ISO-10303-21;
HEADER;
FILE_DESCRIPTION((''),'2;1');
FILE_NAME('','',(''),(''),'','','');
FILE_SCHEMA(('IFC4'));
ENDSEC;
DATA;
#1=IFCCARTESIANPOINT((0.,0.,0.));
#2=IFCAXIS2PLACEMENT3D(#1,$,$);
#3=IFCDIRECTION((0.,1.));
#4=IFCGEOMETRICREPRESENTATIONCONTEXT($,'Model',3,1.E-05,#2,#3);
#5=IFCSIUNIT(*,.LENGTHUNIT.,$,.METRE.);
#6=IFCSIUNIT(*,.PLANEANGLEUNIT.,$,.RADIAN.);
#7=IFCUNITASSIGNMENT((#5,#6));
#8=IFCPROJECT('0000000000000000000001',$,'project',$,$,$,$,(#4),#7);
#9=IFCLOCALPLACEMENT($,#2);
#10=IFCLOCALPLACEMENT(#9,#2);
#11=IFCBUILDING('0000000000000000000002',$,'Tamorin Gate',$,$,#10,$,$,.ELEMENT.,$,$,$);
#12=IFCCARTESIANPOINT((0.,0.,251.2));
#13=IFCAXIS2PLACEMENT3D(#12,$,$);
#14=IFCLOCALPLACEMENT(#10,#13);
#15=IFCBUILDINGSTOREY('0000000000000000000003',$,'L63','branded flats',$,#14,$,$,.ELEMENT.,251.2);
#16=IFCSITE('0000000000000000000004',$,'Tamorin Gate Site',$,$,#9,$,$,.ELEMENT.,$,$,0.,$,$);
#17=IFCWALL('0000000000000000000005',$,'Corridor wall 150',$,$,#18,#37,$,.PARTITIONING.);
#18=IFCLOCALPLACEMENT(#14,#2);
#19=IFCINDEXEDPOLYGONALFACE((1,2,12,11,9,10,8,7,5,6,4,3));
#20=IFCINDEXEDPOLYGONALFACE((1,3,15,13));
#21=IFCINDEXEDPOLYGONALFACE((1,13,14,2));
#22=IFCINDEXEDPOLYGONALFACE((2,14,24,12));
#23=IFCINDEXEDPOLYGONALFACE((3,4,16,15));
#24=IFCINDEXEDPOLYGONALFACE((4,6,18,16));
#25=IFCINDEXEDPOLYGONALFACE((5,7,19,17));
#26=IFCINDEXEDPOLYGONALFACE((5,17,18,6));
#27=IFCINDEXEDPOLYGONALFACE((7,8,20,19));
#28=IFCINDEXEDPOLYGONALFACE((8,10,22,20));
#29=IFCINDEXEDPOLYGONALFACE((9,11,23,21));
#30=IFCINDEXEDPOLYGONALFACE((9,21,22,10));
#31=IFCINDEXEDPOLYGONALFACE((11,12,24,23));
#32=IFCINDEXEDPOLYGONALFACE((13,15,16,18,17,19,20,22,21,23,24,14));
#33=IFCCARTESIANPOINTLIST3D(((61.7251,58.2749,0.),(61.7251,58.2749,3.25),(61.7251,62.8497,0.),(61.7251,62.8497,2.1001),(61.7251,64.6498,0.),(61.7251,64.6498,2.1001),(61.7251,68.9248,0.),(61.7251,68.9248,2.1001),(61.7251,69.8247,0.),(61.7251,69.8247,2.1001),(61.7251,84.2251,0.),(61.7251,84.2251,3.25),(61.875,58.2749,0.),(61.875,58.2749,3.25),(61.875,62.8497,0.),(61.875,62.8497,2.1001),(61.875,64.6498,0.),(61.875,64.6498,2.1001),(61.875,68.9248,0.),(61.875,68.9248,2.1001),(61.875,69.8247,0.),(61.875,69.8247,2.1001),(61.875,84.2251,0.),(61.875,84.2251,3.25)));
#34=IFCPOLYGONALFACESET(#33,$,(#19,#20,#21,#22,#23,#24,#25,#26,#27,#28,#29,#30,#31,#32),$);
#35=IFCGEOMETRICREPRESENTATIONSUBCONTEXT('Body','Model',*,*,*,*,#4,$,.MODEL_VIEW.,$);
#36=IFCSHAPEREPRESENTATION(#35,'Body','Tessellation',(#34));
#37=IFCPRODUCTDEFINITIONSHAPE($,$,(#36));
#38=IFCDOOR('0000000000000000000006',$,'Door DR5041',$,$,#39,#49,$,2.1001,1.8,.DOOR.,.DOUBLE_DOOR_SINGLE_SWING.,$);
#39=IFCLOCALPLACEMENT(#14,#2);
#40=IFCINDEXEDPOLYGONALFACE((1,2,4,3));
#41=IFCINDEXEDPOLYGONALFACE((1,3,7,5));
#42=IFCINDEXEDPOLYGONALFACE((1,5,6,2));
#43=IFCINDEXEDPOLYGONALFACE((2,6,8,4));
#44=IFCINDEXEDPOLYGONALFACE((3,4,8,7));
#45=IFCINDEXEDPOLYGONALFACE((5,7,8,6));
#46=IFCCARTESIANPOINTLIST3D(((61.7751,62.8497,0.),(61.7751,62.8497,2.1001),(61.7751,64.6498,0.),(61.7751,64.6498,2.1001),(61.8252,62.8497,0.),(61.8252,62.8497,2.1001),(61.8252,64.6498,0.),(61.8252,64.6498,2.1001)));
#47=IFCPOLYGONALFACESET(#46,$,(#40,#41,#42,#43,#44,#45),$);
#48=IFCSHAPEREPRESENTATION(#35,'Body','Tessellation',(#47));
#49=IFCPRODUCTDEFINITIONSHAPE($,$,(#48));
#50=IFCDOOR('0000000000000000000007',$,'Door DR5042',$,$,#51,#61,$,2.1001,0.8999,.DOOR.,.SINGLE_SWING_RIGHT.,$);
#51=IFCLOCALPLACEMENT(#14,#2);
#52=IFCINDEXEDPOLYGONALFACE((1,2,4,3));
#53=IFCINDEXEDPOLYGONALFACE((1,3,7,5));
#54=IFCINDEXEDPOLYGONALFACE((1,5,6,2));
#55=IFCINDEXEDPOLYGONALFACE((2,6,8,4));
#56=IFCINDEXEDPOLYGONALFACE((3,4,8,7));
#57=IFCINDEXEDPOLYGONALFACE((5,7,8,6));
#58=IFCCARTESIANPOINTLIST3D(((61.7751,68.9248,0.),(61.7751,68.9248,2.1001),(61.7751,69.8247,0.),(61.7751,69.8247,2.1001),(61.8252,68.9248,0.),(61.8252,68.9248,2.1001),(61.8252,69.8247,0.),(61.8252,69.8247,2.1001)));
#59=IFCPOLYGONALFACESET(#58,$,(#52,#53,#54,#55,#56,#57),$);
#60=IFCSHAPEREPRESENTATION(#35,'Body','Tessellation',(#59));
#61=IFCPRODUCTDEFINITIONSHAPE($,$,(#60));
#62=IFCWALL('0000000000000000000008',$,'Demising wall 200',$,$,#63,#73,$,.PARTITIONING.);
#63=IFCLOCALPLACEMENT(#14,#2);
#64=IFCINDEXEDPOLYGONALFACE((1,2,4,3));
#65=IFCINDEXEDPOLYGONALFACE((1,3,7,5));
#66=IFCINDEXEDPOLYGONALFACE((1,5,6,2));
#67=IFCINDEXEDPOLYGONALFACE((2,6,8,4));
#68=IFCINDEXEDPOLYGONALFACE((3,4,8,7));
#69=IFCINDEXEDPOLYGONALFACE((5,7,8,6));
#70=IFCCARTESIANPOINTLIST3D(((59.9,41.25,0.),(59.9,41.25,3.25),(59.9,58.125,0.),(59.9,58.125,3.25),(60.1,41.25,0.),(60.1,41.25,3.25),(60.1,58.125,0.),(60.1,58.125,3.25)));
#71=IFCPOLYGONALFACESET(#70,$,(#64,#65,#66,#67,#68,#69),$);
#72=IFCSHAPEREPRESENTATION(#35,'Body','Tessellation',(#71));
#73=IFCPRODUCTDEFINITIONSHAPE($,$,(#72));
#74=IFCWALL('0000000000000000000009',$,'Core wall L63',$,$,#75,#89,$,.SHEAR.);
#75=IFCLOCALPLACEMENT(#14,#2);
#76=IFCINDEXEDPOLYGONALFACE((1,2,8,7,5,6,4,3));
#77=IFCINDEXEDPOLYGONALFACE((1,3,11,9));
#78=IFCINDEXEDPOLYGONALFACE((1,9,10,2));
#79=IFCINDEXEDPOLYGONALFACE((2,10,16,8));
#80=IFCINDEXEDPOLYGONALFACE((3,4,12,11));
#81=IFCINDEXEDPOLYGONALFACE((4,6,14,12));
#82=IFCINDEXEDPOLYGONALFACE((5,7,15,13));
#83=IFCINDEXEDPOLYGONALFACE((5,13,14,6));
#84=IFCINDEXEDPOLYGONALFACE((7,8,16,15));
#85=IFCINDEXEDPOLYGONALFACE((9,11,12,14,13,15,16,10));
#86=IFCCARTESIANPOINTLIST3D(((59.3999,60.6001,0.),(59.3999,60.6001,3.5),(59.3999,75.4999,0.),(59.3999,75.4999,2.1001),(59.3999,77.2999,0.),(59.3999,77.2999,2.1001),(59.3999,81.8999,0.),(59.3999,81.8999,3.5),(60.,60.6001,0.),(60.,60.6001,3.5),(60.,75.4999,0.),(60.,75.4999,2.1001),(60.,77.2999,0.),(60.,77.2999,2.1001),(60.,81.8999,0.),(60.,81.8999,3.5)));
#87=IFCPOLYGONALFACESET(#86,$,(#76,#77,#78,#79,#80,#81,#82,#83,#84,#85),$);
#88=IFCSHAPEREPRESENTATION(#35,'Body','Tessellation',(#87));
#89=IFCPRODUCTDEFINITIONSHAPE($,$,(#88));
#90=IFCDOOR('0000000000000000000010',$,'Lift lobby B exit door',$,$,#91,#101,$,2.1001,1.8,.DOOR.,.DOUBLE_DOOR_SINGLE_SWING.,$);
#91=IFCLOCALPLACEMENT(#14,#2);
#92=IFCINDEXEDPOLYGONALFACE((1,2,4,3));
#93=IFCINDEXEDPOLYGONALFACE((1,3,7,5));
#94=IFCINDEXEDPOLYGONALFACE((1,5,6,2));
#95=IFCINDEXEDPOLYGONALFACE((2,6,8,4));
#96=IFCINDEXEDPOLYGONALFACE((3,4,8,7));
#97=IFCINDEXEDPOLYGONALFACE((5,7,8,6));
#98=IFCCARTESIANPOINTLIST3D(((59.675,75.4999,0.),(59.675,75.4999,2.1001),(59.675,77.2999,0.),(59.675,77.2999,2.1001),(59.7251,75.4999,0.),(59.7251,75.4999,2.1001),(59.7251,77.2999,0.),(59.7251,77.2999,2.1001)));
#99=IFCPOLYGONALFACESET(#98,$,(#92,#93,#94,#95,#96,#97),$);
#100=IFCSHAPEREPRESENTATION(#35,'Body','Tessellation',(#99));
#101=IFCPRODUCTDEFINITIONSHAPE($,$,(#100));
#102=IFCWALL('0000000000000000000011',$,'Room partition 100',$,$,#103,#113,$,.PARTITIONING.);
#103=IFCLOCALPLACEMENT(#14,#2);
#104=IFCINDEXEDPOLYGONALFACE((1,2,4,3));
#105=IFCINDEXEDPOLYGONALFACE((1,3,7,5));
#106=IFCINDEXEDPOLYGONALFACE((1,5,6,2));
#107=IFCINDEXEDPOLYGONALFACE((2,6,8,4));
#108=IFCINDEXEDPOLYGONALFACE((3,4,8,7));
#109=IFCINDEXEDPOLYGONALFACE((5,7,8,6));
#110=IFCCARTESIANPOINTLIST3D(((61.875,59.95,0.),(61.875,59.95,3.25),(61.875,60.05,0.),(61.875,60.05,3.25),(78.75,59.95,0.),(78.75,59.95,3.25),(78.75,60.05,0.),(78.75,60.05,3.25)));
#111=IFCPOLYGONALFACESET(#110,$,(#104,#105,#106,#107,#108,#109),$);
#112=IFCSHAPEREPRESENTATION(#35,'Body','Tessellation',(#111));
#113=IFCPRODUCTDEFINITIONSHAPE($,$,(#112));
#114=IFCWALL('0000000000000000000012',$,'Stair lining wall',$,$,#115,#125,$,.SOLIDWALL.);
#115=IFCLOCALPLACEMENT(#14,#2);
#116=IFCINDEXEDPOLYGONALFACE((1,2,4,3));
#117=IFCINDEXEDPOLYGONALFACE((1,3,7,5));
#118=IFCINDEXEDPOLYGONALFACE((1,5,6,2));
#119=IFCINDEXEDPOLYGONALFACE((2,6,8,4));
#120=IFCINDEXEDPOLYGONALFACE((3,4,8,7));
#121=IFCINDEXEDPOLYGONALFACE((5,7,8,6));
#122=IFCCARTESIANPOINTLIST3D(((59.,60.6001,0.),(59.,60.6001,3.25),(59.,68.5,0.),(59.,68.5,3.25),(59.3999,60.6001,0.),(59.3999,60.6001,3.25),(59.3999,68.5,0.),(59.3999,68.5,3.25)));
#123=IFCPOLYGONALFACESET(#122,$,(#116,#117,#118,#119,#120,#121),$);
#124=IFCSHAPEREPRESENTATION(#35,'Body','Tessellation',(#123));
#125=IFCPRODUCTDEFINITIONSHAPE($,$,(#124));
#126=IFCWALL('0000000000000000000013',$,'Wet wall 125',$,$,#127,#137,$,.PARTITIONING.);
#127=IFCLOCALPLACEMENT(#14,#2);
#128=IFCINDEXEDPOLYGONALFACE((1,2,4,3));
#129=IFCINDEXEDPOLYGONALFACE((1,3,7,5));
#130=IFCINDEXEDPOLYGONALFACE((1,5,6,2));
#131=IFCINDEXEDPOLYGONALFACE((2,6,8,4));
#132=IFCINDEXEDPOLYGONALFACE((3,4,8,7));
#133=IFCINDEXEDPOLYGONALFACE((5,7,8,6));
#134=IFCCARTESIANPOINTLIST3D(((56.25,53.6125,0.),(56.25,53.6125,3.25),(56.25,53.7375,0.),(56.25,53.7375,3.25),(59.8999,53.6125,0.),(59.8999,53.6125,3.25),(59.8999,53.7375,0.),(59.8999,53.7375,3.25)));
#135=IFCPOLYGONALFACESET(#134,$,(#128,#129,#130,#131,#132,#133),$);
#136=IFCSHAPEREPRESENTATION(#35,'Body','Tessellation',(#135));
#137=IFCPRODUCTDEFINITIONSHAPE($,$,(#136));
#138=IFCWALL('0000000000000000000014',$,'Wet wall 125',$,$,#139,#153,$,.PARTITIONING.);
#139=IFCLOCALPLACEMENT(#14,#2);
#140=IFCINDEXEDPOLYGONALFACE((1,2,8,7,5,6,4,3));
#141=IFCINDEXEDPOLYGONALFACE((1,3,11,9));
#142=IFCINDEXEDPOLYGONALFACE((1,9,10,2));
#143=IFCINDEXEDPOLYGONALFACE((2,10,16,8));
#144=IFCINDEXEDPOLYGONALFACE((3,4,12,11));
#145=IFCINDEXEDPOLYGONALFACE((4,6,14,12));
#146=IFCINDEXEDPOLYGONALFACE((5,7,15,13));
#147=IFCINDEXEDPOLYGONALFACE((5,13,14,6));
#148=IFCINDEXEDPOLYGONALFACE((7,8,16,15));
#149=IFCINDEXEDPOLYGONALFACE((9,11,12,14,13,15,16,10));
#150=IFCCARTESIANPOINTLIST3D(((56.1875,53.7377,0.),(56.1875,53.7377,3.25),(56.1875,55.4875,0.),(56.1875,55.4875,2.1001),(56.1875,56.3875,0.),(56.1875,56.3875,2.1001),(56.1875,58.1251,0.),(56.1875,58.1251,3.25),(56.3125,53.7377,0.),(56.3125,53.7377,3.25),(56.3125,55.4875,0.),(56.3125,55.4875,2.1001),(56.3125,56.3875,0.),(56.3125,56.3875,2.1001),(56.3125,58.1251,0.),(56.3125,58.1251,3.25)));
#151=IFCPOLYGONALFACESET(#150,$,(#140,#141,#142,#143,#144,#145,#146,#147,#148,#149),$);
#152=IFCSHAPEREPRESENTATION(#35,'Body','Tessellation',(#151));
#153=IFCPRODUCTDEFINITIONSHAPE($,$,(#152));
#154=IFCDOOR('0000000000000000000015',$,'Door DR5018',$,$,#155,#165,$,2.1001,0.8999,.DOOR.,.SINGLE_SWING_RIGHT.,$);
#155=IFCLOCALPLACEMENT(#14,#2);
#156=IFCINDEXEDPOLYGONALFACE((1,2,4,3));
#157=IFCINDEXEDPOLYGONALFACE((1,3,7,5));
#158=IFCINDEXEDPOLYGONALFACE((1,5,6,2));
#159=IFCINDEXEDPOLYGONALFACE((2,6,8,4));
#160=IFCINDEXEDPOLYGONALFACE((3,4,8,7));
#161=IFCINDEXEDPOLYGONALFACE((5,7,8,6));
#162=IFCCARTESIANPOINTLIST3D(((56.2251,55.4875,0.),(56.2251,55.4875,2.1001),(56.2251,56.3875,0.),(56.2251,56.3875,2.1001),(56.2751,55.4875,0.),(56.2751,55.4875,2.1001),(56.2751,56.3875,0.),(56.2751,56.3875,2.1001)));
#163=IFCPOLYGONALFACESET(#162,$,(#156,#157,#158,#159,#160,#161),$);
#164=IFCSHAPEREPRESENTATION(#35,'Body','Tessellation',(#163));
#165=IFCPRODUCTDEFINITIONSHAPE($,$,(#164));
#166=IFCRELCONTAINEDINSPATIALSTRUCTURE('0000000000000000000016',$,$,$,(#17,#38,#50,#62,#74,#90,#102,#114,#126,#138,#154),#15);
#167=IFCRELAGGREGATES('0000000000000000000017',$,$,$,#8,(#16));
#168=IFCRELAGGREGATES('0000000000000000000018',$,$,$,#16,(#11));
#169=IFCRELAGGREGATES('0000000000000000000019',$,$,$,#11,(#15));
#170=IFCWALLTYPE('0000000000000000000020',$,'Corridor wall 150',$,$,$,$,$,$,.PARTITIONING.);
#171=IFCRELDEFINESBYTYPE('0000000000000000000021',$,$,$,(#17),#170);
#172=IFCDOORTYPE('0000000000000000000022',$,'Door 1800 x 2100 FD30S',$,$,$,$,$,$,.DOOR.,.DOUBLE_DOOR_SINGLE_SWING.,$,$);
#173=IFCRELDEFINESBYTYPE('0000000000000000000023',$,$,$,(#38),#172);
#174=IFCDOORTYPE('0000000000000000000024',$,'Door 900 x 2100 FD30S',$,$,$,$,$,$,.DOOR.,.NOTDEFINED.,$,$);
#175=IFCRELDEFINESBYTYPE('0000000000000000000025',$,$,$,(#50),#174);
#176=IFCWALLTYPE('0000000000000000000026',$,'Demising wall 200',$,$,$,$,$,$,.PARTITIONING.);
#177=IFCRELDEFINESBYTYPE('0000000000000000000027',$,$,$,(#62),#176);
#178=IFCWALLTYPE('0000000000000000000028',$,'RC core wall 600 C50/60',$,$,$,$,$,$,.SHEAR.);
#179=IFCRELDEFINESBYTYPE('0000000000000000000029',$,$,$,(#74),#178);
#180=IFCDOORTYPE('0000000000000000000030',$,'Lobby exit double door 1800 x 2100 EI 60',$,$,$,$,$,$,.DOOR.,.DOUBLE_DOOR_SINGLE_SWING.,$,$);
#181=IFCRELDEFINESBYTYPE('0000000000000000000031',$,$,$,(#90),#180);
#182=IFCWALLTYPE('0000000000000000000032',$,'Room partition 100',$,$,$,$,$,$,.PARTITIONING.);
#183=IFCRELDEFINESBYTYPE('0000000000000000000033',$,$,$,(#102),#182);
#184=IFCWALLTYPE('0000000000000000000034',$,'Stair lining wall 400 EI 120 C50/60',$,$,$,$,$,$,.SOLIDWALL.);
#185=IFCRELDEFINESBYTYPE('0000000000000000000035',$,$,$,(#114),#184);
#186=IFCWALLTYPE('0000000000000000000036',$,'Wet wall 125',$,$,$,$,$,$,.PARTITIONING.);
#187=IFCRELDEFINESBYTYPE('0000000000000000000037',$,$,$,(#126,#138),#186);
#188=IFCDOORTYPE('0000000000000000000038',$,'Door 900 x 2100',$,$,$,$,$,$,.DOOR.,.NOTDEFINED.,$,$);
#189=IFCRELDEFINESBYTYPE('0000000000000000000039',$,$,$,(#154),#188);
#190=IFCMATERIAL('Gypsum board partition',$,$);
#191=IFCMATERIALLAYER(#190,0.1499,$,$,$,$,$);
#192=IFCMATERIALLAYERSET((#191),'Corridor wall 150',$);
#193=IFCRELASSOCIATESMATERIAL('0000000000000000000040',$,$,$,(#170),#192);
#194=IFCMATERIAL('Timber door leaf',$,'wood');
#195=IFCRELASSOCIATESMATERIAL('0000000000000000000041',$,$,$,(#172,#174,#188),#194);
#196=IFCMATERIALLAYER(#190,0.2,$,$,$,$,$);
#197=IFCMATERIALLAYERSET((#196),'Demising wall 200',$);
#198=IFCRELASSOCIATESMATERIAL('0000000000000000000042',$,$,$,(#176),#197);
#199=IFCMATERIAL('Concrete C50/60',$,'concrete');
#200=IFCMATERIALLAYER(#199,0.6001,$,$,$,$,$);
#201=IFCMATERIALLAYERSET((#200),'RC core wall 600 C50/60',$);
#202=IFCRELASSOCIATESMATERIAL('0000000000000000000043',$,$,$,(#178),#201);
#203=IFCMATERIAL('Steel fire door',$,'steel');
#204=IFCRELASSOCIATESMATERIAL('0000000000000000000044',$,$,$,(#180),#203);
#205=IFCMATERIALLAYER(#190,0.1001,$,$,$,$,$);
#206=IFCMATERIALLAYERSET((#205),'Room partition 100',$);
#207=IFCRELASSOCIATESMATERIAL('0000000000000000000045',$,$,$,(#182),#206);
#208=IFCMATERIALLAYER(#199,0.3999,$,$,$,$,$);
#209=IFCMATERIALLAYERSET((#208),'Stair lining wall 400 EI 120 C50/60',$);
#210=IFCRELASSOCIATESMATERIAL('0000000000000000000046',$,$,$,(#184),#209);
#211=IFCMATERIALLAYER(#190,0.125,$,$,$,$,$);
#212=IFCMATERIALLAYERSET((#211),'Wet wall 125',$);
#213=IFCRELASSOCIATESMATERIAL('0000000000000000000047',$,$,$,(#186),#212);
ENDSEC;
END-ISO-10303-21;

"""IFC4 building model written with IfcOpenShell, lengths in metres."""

from ifc_helpers import new_model, si_unit, direction, frame, frame_2d, origin, place, context, subcontext, project, spatial, rectangle, extrude, material, layer, layer_set, type_object, element, fill, save


model = new_model("IFC4")

# Units and contexts
model_context = context("Model", 3, precision=1e-05, world=origin(), true_north=direction((0.0, 1.0)))
body_context = subcontext(model_context, "Body", "Model", "MODEL_VIEW")
ifc_project = project(units=[si_unit("LENGTHUNIT", "METRE"), si_unit("PLANEANGLEUNIT", "RADIAN")], contexts=[model_context])

# Site, building, storey
site_placement = place(None, origin())
site = spatial("IfcSite", under=ifc_project, at=site_placement, Name="Tamorin Gate Site", CompositionType="ELEMENT", RefElevation=0.0)
building_placement = place(site_placement, origin())
building = spatial("IfcBuilding", under=site, at=building_placement, Name="Tamorin Gate", CompositionType="ELEMENT")
storey_placement = place(building_placement, frame((0.0, 0.0, 251.2)))
storey = spatial("IfcBuildingStorey", under=building, at=storey_placement, Name="L63", Description="branded flats", CompositionType="ELEMENT", Elevation=251.2)

# Shared definitions
ifc_material_1 = material(Name="Concrete C50/60", Category="concrete")

# Wall, openings, doors
ifc_material_2 = material(Name="Gypsum board partition")
ifc_layer_1 = layer(ifc_material_2, 0.1499)
ifc_layer_set_1 = layer_set([ifc_layer_1], Name="Corridor wall 150")
wall_type_1 = type_object("IfcWallType", Name="Corridor wall 150", PredefinedType="PARTITIONING", material=ifc_layer_set_1)
wall_1_placement = place(storey_placement, frame((61.8, 58.2749, 0.0), z_axis=(0.0, 0.0, 1.0), x_axis=(0.0, 1.0, 0.0)))
wall_1 = element("IfcWall", 1, at=wall_1_placement, inside=storey, type_object=wall_type_1, Name="Corridor wall 150", PredefinedType="PARTITIONING", context=body_context, shape_type="SweptSolid", body=[
    extrude(rectangle(XDim=25.9502, YDim=0.1499, at=frame_2d((12.9751, 0.0))), origin(), (0.0, 0.0, 1.0), 3.25),
])
opening_1_placement = place(wall_1_placement, frame((4.575, 0.0, 0.0)))
opening_1 = element("IfcOpeningElement", 2, at=opening_1_placement, cuts=wall_1, PredefinedType="OPENING", context=body_context, shape_type="SweptSolid", body=[
    extrude(rectangle(XDim=1.8, YDim=2.1001, at=frame_2d((0.8999, 1.05))), frame((0.0, 0.085, 0.0), z_axis=(0.0, -1.0, 0.0), x_axis=(1.0, 0.0, 0.0)), (0.0, 0.0, 1.0), 0.1699),
])
opening_2_placement = place(wall_1_placement, frame((10.6499, 0.0, 0.0)))
opening_2 = element("IfcOpeningElement", 3, at=opening_2_placement, cuts=wall_1, PredefinedType="OPENING", context=body_context, shape_type="SweptSolid", body=[
    extrude(rectangle(XDim=0.8999, YDim=2.1001, at=frame_2d((0.45, 1.05))), frame((0.0, 0.085, 0.0), z_axis=(0.0, -1.0, 0.0), x_axis=(1.0, 0.0, 0.0)), (0.0, 0.0, 1.0), 0.1699),
])
ifc_material_3 = material(Name="Timber door leaf", Category="wood")
door_type_1 = type_object("IfcDoorType", Name="Door 1800 x 2100 FD30S", OperationType="DOUBLE_DOOR_SINGLE_SWING", PredefinedType="DOOR", material=ifc_material_3)
door_1_placement = place(opening_1_placement, origin())
door_1 = element("IfcDoor", 4, at=door_1_placement, inside=storey, type_object=door_type_1, Name="Door DR5041", OperationType="DOUBLE_DOOR_SINGLE_SWING", OverallHeight=2.1001, OverallWidth=1.8, PredefinedType="DOOR", context=body_context, shape_type="SweptSolid", body=[
    extrude(rectangle(XDim=1.8, YDim=2.1001, at=frame_2d((0.8999, 1.05))), frame((0.0, 0.0249, 0.0), z_axis=(0.0, -1.0, 0.0), x_axis=(1.0, 0.0, 0.0)), (0.0, 0.0, 1.0), 0.05),
])
fill(opening_1, door_1)
door_type_2 = type_object("IfcDoorType", Name="Door 900 x 2100 FD30S", OperationType="NOTDEFINED", PredefinedType="DOOR", material=ifc_material_3)
door_2_placement = place(opening_2_placement, origin())
door_2 = element("IfcDoor", 5, at=door_2_placement, inside=storey, type_object=door_type_2, Name="Door DR5042", OperationType="SINGLE_SWING_RIGHT", OverallHeight=2.1001, OverallWidth=0.8999, PredefinedType="DOOR", context=body_context, shape_type="SweptSolid", body=[
    extrude(rectangle(XDim=0.8999, YDim=2.1001, at=frame_2d((0.45, 1.05))), frame((0.0, 0.0249, 0.0), z_axis=(0.0, -1.0, 0.0), x_axis=(1.0, 0.0, 0.0)), (0.0, 0.0, 1.0), 0.05),
])
fill(opening_2, door_2)

# Wall
ifc_layer_2 = layer(ifc_material_2, 0.2)
ifc_layer_set_2 = layer_set([ifc_layer_2], Name="Demising wall 200")
wall_type_2 = type_object("IfcWallType", Name="Demising wall 200", PredefinedType="PARTITIONING", material=ifc_layer_set_2)
wall_2_placement = place(storey_placement, frame((60.0, 41.25, 0.0), z_axis=(0.0, 0.0, 1.0), x_axis=(0.0, 1.0, 0.0)))
element("IfcWall", 6, at=wall_2_placement, inside=storey, type_object=wall_type_2, Name="Demising wall 200", PredefinedType="PARTITIONING", context=body_context, shape_type="SweptSolid", body=[
    extrude(rectangle(XDim=16.875, YDim=0.2, at=frame_2d((8.4375, 0.0))), origin(), (0.0, 0.0, 1.0), 3.25),
])

# Wall, opening, door
ifc_layer_3 = layer(ifc_material_1, 0.6001)
ifc_layer_set_3 = layer_set([ifc_layer_3], Name="RC core wall 600 C50/60")
wall_type_3 = type_object("IfcWallType", Name="RC core wall 600 C50/60", PredefinedType="SHEAR", material=ifc_layer_set_3)
wall_3_placement = place(storey_placement, frame((59.7, 60.6001, 0.0), z_axis=(0.0, 0.0, 1.0), x_axis=(0.0, 1.0, 0.0)))
wall_3 = element("IfcWall", 7, at=wall_3_placement, inside=storey, type_object=wall_type_3, Name="Core wall L63", PredefinedType="SHEAR", context=body_context, shape_type="SweptSolid", body=[
    extrude(rectangle(XDim=21.2998, YDim=0.6001, at=frame_2d((10.6499, 0.0))), origin(), (0.0, 0.0, 1.0), 3.5),
])
opening_3_placement = place(wall_3_placement, frame((14.8999, 0.0, 0.0)))
opening_3 = element("IfcOpeningElement", 8, at=opening_3_placement, cuts=wall_3, PredefinedType="OPENING", context=body_context, shape_type="SweptSolid", body=[
    extrude(rectangle(XDim=1.8, YDim=2.1001, at=frame_2d((0.8999, 1.05))), frame((0.0, 0.3101, 0.0), z_axis=(0.0, -1.0, 0.0), x_axis=(1.0, 0.0, 0.0)), (0.0, 0.0, 1.0), 0.6201),
])
ifc_material_4 = material(Name="Steel fire door", Category="steel")
door_type_3 = type_object("IfcDoorType", Name="Lobby exit double door 1800 x 2100 EI 60", OperationType="DOUBLE_DOOR_SINGLE_SWING", PredefinedType="DOOR", material=ifc_material_4)
door_3_placement = place(opening_3_placement, origin())
door_3 = element("IfcDoor", 9, at=door_3_placement, inside=storey, type_object=door_type_3, Name="Lift lobby B exit door", OperationType="DOUBLE_DOOR_SINGLE_SWING", OverallHeight=2.1001, OverallWidth=1.8, PredefinedType="DOOR", context=body_context, shape_type="SweptSolid", body=[
    extrude(rectangle(XDim=1.8, YDim=2.1001, at=frame_2d((0.8999, 1.05))), frame((0.0, 0.0249, 0.0), z_axis=(0.0, -1.0, 0.0), x_axis=(1.0, 0.0, 0.0)), (0.0, 0.0, 1.0), 0.05),
])
fill(opening_3, door_3)

# Walls
ifc_layer_4 = layer(ifc_material_2, 0.1001)
ifc_layer_set_4 = layer_set([ifc_layer_4], Name="Room partition 100")
wall_type_4 = type_object("IfcWallType", Name="Room partition 100", PredefinedType="PARTITIONING", material=ifc_layer_set_4)
wall_4_placement = place(storey_placement, frame((61.875, 60.0, 0.0), z_axis=(0.0, 0.0, 1.0), x_axis=(1.0, 0.0, 0.0)))
element("IfcWall", 10, at=wall_4_placement, inside=storey, type_object=wall_type_4, Name="Room partition 100", PredefinedType="PARTITIONING", context=body_context, shape_type="SweptSolid", body=[
    extrude(rectangle(XDim=16.875, YDim=0.1001, at=frame_2d((8.4375, 0.0))), origin(), (0.0, 0.0, 1.0), 3.25),
])
ifc_layer_5 = layer(ifc_material_1, 0.3999)
ifc_layer_set_5 = layer_set([ifc_layer_5], Name="Stair lining wall 400 EI 120 C50/60")
wall_type_5 = type_object("IfcWallType", Name="Stair lining wall 400 EI 120 C50/60", PredefinedType="SOLIDWALL", material=ifc_layer_set_5)
wall_5_placement = place(storey_placement, frame((59.2, 60.6001, 0.0), z_axis=(0.0, 0.0, 1.0), x_axis=(0.0, 1.0, 0.0)))
element("IfcWall", 11, at=wall_5_placement, inside=storey, type_object=wall_type_5, Name="Stair lining wall", PredefinedType="SOLIDWALL", context=body_context, shape_type="SweptSolid", body=[
    extrude(rectangle(XDim=7.8999, YDim=0.3999, at=frame_2d((3.95, 0.0))), origin(), (0.0, 0.0, 1.0), 3.25),
])
ifc_layer_6 = layer(ifc_material_2, 0.125)
ifc_layer_set_6 = layer_set([ifc_layer_6], Name="Wet wall 125")
wall_type_6 = type_object("IfcWallType", Name="Wet wall 125", PredefinedType="PARTITIONING", material=ifc_layer_set_6)
wall_6_placement = place(storey_placement, frame((56.25, 53.675, 0.0), z_axis=(0.0, 0.0, 1.0), x_axis=(1.0, 0.0, 0.0)))
element("IfcWall", 12, at=wall_6_placement, inside=storey, type_object=wall_type_6, Name="Wet wall 125", PredefinedType="PARTITIONING", context=body_context, shape_type="SweptSolid", body=[
    extrude(rectangle(XDim=3.6499, YDim=0.125, at=frame_2d((1.825, 0.0))), origin(), (0.0, 0.0, 1.0), 3.25),
])

# Wall, opening, door
wall_7_placement = place(storey_placement, frame((56.25, 53.7375, 0.0), z_axis=(0.0, 0.0, 1.0), x_axis=(0.0, 1.0, 0.0)))
wall_7 = element("IfcWall", 13, at=wall_7_placement, inside=storey, type_object=wall_type_6, Name="Wet wall 125", PredefinedType="PARTITIONING", context=body_context, shape_type="SweptSolid", body=[
    extrude(rectangle(XDim=4.3875, YDim=0.125, at=frame_2d((2.1938, 0.0))), origin(), (0.0, 0.0, 1.0), 3.25),
])
opening_4_placement = place(wall_7_placement, frame((1.75, 0.0, 0.0)))
opening_4 = element("IfcOpeningElement", 14, at=opening_4_placement, cuts=wall_7, PredefinedType="OPENING", context=body_context, shape_type="SweptSolid", body=[
    extrude(rectangle(XDim=0.8999, YDim=2.1001, at=frame_2d((0.45, 1.05))), frame((0.0, 0.0725, 0.0), z_axis=(0.0, -1.0, 0.0), x_axis=(1.0, 0.0, 0.0)), (0.0, 0.0, 1.0), 0.145),
])
door_type_4 = type_object("IfcDoorType", Name="Door 900 x 2100", OperationType="NOTDEFINED", PredefinedType="DOOR", material=ifc_material_3)
door_4_placement = place(opening_4_placement, origin())
door_4 = element("IfcDoor", 15, at=door_4_placement, inside=storey, type_object=door_type_4, Name="Door DR5018", OperationType="SINGLE_SWING_RIGHT", OverallHeight=2.1001, OverallWidth=0.8999, PredefinedType="DOOR", context=body_context, shape_type="SweptSolid", body=[
    extrude(rectangle(XDim=0.8999, YDim=2.1001, at=frame_2d((0.45, 1.05))), frame((0.0, 0.0249, 0.0), z_axis=(0.0, -1.0, 0.0), x_axis=(1.0, 0.0, 0.0)), (0.0, 0.0, 1.0), 0.05),
])
fill(opening_4, door_4)

save(model, "model.ifc")
